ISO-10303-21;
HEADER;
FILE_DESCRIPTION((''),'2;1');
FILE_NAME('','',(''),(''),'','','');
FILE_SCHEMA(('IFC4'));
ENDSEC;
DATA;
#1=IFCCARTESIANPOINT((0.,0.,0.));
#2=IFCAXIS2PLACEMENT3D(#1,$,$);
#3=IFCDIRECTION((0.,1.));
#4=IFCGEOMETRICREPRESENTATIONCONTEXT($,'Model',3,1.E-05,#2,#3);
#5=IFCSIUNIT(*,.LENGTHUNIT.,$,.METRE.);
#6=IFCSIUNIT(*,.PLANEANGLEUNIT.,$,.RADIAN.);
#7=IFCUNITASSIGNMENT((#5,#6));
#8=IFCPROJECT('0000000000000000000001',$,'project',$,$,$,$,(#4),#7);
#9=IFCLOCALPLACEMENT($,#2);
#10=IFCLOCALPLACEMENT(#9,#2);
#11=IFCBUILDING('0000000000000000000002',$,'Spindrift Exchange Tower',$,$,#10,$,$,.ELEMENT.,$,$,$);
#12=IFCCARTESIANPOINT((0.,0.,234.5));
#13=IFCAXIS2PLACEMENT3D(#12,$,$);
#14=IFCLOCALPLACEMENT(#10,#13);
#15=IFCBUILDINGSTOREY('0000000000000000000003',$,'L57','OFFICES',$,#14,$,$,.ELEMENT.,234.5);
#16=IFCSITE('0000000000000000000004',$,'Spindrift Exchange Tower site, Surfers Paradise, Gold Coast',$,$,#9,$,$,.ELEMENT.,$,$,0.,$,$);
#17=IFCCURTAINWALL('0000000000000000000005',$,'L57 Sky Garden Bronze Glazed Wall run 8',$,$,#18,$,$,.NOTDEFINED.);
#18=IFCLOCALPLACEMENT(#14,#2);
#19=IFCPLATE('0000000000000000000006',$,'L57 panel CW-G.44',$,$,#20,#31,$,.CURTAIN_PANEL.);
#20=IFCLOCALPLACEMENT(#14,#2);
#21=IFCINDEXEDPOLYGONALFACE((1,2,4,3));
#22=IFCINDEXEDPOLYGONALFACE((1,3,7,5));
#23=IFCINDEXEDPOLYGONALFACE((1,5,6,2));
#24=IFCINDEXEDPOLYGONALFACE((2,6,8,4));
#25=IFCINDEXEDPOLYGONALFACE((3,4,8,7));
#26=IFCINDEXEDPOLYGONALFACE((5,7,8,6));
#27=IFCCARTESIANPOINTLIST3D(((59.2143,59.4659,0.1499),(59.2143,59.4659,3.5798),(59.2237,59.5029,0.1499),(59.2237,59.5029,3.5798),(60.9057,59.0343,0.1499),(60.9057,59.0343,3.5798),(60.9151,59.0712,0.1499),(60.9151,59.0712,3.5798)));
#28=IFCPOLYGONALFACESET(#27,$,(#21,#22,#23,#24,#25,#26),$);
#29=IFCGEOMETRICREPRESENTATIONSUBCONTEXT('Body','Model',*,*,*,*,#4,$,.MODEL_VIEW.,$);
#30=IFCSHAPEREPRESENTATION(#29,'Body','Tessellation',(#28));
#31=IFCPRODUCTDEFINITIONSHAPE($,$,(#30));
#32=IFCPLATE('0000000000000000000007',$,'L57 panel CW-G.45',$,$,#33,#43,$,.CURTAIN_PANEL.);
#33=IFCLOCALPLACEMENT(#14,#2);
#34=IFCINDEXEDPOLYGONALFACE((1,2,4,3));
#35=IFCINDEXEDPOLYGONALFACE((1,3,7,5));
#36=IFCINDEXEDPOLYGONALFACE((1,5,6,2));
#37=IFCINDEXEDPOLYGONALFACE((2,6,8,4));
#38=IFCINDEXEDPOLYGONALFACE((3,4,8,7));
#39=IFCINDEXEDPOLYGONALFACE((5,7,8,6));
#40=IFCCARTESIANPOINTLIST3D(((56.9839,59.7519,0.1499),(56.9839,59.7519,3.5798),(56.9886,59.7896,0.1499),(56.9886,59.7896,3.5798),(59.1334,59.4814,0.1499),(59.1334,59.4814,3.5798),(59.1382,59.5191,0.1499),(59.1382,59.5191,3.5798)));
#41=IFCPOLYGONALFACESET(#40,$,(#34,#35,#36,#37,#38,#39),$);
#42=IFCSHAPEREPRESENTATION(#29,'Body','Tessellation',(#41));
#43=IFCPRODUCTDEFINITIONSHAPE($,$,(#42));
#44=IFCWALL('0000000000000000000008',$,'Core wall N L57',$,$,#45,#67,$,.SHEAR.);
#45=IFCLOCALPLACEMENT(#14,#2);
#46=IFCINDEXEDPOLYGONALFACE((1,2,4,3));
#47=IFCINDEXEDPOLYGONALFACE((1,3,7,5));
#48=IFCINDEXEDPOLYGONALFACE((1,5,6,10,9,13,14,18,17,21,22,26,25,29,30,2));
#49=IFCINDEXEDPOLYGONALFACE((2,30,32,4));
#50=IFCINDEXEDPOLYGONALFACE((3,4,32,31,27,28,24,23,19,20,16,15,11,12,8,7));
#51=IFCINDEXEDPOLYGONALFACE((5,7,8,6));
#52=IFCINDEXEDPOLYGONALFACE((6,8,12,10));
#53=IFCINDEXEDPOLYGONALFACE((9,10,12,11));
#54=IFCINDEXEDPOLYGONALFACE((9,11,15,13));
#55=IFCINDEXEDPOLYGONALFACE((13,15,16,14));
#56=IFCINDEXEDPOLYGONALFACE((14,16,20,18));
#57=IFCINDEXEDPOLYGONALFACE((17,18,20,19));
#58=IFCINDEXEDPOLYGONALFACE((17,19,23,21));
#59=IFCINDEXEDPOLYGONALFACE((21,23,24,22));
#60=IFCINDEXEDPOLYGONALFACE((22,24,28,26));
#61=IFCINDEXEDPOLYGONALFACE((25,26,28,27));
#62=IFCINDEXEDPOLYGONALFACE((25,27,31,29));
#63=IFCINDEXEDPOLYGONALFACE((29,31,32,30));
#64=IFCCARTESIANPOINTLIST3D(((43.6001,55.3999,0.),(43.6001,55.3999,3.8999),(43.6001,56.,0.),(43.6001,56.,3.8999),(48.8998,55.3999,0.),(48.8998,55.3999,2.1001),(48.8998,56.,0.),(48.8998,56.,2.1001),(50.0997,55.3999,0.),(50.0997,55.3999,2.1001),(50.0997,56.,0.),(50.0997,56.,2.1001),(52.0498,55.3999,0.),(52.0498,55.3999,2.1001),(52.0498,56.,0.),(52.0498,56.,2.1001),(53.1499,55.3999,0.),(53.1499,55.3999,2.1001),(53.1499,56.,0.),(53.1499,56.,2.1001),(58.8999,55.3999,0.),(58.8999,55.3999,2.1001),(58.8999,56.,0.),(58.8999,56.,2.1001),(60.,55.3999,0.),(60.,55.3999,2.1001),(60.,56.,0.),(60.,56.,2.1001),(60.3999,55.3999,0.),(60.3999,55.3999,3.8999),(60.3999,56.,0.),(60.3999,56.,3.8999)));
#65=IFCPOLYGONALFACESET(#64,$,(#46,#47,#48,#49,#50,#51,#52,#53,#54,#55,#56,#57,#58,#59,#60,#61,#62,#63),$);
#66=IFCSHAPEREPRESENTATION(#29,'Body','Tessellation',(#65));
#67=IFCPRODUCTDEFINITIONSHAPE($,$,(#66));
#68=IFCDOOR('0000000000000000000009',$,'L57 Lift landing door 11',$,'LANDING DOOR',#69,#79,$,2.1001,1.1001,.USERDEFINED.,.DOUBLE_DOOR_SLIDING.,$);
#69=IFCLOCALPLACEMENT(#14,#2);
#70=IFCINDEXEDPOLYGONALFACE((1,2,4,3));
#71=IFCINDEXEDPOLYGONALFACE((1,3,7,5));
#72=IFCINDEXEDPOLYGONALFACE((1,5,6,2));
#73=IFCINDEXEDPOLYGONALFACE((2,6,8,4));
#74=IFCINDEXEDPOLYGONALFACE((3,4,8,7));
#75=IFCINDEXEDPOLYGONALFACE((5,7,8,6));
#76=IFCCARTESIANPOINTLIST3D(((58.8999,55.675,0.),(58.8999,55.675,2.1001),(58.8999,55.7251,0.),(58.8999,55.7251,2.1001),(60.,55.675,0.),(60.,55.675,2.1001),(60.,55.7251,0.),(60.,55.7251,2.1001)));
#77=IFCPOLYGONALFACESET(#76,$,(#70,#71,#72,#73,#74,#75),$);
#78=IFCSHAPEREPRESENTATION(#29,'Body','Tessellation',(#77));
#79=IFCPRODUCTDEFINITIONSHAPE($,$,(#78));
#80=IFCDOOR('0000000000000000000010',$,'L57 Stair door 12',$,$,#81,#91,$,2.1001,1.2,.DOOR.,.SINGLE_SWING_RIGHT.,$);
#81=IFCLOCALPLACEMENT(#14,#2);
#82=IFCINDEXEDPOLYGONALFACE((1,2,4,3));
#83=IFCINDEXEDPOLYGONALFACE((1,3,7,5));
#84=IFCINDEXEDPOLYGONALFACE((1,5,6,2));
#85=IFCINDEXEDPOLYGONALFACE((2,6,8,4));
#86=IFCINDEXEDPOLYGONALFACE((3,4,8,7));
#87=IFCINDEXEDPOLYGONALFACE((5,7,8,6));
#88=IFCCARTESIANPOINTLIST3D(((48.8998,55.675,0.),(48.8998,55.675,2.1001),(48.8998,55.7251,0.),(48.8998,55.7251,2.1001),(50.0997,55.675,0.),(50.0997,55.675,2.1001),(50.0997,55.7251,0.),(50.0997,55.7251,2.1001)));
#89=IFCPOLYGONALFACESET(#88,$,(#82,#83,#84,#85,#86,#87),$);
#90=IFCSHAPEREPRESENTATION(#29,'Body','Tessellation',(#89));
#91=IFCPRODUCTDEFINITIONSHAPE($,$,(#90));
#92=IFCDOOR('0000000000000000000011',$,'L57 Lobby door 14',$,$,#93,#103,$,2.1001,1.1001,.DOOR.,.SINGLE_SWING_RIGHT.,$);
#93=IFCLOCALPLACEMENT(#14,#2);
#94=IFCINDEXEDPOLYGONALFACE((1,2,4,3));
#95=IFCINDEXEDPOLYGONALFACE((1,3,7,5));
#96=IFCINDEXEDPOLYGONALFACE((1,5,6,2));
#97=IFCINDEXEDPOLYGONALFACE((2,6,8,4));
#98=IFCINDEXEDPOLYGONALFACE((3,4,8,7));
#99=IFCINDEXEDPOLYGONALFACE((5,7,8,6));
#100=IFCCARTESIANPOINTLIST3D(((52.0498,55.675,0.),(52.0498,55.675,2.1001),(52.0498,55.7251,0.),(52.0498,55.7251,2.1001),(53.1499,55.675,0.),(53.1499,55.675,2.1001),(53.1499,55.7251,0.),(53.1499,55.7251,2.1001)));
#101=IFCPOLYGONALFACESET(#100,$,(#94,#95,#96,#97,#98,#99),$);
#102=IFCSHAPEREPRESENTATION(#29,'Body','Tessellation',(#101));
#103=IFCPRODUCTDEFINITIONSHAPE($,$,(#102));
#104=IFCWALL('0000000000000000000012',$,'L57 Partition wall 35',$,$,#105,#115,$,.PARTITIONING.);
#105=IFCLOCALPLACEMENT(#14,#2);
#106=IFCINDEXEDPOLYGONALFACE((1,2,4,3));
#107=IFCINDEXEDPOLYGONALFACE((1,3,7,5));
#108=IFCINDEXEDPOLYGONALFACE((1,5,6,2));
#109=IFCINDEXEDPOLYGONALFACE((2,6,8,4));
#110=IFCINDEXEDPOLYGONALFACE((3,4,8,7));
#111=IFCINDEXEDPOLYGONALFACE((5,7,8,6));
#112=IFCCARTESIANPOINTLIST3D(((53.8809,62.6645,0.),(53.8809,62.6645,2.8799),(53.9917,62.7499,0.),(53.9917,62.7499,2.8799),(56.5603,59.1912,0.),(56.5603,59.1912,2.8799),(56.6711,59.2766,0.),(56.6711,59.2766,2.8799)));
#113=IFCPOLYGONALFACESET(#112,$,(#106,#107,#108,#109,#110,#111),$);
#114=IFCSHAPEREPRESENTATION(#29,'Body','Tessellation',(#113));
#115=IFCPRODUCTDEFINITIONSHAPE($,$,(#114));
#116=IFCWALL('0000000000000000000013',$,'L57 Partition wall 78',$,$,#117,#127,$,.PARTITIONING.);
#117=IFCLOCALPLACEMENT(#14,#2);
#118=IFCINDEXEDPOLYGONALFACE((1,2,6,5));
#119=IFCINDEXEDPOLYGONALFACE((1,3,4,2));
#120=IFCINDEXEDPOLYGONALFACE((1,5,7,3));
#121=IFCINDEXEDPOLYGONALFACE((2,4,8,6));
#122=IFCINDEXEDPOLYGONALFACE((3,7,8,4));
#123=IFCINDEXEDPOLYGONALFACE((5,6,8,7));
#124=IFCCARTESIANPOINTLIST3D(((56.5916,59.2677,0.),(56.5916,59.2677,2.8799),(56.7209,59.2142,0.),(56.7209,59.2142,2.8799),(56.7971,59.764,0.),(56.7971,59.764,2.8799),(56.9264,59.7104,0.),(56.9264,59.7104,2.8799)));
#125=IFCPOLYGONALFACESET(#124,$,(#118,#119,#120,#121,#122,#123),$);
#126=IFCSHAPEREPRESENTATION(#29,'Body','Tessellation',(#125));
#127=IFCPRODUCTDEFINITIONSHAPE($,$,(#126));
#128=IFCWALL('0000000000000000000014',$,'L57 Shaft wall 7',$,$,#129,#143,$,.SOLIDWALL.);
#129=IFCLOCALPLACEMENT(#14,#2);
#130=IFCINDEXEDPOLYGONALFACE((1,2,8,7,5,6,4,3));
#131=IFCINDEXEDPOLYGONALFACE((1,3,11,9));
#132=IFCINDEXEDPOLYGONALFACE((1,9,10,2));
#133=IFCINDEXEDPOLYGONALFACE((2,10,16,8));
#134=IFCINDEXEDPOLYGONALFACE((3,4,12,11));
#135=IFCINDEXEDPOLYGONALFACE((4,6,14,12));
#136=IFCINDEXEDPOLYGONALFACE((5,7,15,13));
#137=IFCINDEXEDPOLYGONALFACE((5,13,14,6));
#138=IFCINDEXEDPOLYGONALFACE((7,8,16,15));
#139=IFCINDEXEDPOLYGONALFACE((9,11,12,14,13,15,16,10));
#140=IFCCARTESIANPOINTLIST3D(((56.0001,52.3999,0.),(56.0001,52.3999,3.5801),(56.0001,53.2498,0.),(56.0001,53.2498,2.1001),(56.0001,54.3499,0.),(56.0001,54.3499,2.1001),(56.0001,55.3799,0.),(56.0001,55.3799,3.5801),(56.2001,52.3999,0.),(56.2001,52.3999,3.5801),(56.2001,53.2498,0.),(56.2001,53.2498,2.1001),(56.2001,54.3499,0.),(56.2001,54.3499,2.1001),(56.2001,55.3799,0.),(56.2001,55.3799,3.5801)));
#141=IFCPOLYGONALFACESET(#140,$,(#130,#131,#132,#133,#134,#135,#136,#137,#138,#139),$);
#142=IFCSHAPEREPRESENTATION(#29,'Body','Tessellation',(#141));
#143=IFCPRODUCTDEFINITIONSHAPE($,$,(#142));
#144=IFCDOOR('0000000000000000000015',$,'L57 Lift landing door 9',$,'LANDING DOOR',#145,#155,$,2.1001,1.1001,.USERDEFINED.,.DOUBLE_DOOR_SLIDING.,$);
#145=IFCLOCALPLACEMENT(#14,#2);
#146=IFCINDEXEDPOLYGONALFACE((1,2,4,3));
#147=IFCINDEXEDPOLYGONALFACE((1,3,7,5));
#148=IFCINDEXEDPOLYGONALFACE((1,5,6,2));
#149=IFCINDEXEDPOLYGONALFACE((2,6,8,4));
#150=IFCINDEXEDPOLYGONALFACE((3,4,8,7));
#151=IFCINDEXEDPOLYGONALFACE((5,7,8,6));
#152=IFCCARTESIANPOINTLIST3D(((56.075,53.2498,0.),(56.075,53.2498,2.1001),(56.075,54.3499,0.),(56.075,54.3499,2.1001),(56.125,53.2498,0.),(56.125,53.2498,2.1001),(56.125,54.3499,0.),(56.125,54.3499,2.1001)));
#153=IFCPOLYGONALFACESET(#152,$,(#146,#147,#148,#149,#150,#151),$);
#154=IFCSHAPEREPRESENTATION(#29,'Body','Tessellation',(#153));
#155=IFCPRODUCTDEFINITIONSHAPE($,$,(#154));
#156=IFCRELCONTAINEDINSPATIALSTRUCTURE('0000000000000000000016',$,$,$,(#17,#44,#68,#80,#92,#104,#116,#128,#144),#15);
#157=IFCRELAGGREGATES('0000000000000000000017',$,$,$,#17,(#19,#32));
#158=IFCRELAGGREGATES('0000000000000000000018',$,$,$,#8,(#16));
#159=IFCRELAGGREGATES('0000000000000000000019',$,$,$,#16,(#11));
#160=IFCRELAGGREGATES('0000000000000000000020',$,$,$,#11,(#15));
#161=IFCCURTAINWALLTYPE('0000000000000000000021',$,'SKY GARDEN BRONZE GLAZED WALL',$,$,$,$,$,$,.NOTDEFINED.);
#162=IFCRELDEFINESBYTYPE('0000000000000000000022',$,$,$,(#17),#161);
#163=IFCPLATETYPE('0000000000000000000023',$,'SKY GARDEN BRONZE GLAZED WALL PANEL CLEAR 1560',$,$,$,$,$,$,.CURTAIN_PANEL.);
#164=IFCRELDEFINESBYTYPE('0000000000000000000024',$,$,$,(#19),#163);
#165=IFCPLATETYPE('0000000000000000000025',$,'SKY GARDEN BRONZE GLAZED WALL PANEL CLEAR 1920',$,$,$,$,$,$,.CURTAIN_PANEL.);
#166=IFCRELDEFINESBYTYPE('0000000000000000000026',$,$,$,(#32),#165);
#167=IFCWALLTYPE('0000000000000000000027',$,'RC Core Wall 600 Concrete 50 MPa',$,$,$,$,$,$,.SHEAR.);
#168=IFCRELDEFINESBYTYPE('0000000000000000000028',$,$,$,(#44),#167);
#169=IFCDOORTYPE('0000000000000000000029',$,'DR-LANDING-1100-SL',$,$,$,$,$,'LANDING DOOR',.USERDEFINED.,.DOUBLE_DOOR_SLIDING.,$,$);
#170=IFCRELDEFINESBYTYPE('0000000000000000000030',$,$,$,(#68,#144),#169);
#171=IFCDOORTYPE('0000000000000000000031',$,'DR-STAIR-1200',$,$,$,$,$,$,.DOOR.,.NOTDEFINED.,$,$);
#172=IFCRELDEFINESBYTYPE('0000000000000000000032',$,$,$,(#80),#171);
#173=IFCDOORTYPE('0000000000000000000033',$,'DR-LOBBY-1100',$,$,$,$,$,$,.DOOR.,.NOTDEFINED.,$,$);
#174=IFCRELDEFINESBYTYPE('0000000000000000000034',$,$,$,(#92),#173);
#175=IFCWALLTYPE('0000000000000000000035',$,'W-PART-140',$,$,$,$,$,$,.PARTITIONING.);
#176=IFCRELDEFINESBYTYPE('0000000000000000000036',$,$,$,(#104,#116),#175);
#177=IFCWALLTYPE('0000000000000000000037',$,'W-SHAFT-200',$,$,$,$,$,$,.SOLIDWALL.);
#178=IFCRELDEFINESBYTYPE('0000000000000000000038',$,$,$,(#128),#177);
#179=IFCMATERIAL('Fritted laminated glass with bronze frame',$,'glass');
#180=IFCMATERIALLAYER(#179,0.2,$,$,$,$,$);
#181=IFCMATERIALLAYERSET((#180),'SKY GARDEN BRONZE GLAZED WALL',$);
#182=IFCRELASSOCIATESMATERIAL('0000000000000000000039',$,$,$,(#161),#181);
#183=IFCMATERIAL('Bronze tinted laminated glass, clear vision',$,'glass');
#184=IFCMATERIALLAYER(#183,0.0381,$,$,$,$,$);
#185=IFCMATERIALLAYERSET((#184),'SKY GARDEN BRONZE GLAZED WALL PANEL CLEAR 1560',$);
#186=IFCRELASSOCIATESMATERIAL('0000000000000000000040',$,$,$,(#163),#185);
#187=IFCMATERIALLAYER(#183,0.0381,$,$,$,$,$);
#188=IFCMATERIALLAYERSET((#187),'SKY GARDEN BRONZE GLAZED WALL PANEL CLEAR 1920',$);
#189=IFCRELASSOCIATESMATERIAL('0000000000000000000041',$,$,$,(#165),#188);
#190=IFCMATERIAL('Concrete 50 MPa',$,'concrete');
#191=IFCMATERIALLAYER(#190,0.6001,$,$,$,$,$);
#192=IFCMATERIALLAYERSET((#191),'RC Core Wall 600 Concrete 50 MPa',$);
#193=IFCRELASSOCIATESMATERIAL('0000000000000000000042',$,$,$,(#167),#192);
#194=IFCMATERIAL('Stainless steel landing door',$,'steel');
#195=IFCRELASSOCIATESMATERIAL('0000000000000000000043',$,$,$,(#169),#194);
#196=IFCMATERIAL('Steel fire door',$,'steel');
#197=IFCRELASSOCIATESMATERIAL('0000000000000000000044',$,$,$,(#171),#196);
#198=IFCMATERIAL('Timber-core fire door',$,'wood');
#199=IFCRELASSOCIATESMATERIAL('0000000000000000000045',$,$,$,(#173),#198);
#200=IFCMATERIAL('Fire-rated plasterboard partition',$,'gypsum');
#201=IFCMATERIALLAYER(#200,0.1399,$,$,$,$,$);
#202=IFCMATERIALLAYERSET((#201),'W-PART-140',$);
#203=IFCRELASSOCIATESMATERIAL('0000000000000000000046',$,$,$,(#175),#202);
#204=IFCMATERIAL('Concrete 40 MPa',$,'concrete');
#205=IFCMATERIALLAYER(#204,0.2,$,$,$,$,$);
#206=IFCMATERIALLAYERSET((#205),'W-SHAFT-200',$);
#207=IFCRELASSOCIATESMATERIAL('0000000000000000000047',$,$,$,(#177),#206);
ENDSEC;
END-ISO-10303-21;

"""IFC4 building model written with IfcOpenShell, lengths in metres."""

from ifc_helpers import new_model, si_unit, direction, frame, frame_2d, origin, origin_2d, place, context, subcontext, project, spatial, rectangle, extrude, source, transform, mapped, material, layer, layer_set, type_object, element, fill, aggregate, save


model = new_model("IFC4")

# Units and contexts
model_context = context("Model", 3, precision=1e-05, world=origin(), true_north=direction((0.0, 1.0)))
body_context = subcontext(model_context, "Body", "Model", "MODEL_VIEW")
ifc_project = project(units=[si_unit("LENGTHUNIT", "METRE"), si_unit("PLANEANGLEUNIT", "RADIAN")], contexts=[model_context])

# Site, building, storey
site_placement = place(None, origin())
site = spatial("IfcSite", under=ifc_project, at=site_placement, Name="Spindrift Exchange Tower site, Surfers Paradise, Gold Coast", CompositionType="ELEMENT", RefElevation=0.0)
building_placement = place(site_placement, origin())
building = spatial("IfcBuilding", under=site, at=building_placement, Name="Spindrift Exchange Tower", CompositionType="ELEMENT")
storey_placement = place(building_placement, frame((0.0, 0.0, 234.5)))
storey = spatial("IfcBuildingStorey", under=building, at=storey_placement, Name="L57", Description="OFFICES", CompositionType="ELEMENT", Elevation=234.5)

# Curtain wall, plates
ifc_material_1 = material(Name="Fritted laminated glass with bronze frame", Category="glass")
ifc_layer_1 = layer(ifc_material_1, 0.2)
ifc_layer_set_1 = layer_set([ifc_layer_1], Name="SKY GARDEN BRONZE GLAZED WALL")
curtain_wall_type = type_object("IfcCurtainWallType", Name="SKY GARDEN BRONZE GLAZED WALL", PredefinedType="NOTDEFINED", material=ifc_layer_set_1)
curtain_wall_placement = place(storey_placement, origin())
curtain_wall = element("IfcCurtainWall", 1, at=curtain_wall_placement, inside=storey, type_object=curtain_wall_type, Name="L57 Sky Garden Bronze Glazed Wall run 8", PredefinedType="NOTDEFINED")
ifc_material_2 = material(Name="Bronze tinted laminated glass, clear vision", Category="glass")
ifc_layer_2 = layer(ifc_material_2, 0.0381)
ifc_layer_set_2 = layer_set([ifc_layer_2], Name="SKY GARDEN BRONZE GLAZED WALL PANEL CLEAR 1560")
plate_type_1 = type_object("IfcPlateType", Name="SKY GARDEN BRONZE GLAZED WALL PANEL CLEAR 1560", PredefinedType="CURTAIN_PANEL", material=ifc_layer_set_2)
shared_shape_1 = source(origin(), body_context, "Body", "SweptSolid", [
    extrude(rectangle(XDim=1.7456, YDim=0.0381, at=origin_2d()), origin(), (0.0, 0.0, 1.0), 3.4299),
])
plate_1_placement = place(storey_placement, frame((60.0647, 59.2686, 0.1499), z_axis=(0.0, 0.0, 1.0), x_axis=(-0.968939, 0.247302, 0.0)))
plate_1 = element("IfcPlate", 2, at=plate_1_placement, type_object=plate_type_1, Name="L57 panel CW-G.44", PredefinedType="CURTAIN_PANEL", context=body_context, shape_type="MappedRepresentation", body=[
    mapped(shared_shape_1, transform((0.0, 0.0, 0.0), scale=1.0)),
])
ifc_layer_3 = layer(ifc_material_2, 0.0381)
ifc_layer_set_3 = layer_set([ifc_layer_3], Name="SKY GARDEN BRONZE GLAZED WALL PANEL CLEAR 1920")
plate_type_2 = type_object("IfcPlateType", Name="SKY GARDEN BRONZE GLAZED WALL PANEL CLEAR 1920", PredefinedType="CURTAIN_PANEL", material=ifc_layer_set_3)
shared_shape_2 = source(origin(), body_context, "Body", "SweptSolid", [
    extrude(rectangle(XDim=2.1665, YDim=0.0381, at=origin_2d()), origin(), (0.0, 0.0, 1.0), 3.4299),
])
plate_2_placement = place(storey_placement, frame((58.061, 59.6355, 0.1499), z_axis=(0.0, 0.0, 1.0), x_axis=(-0.992175, 0.124855, 0.0)))
plate_2 = element("IfcPlate", 3, at=plate_2_placement, type_object=plate_type_2, Name="L57 panel CW-G.45", PredefinedType="CURTAIN_PANEL", context=body_context, shape_type="MappedRepresentation", body=[
    mapped(shared_shape_2, transform((0.0, 0.0, 0.0), scale=1.0)),
])
aggregate(curtain_wall, [plate_1, plate_2])

# Wall, openings, doors
ifc_material_3 = material(Name="Concrete 50 MPa", Category="concrete")
ifc_layer_4 = layer(ifc_material_3, 0.6001)
ifc_layer_set_4 = layer_set([ifc_layer_4], Name="RC Core Wall 600 Concrete 50 MPa")
wall_type_1 = type_object("IfcWallType", Name="RC Core Wall 600 Concrete 50 MPa", PredefinedType="SHEAR", material=ifc_layer_set_4)
wall_1_placement = place(storey_placement, frame((60.3999, 55.7, 0.0), z_axis=(0.0, 0.0, 1.0), x_axis=(-1.0, 0.0, 0.0)))
wall_1 = element("IfcWall", 4, at=wall_1_placement, inside=storey, type_object=wall_type_1, Name="Core wall N L57", PredefinedType="SHEAR", context=body_context, shape_type="SweptSolid", body=[
    extrude(rectangle(XDim=16.7998, YDim=0.6001, at=frame_2d((8.3999, 0.0))), origin(), (0.0, 0.0, 1.0), 3.8999),
])
opening_1_placement = place(wall_1_placement, frame((0.3999, 0.0, 0.0)))
opening_1 = element("IfcOpeningElement", 5, at=opening_1_placement, cuts=wall_1, PredefinedType="OPENING", context=body_context, shape_type="SweptSolid", body=[
    extrude(rectangle(XDim=1.1001, YDim=2.1001, at=frame_2d((0.55, 1.05))), frame((0.0, 0.3101, 0.0), z_axis=(0.0, -1.0, 0.0), x_axis=(1.0, 0.0, 0.0)), (0.0, 0.0, 1.0), 0.6201),
])
opening_2_placement = place(wall_1_placement, frame((10.3, 0.0, 0.0)))
opening_2 = element("IfcOpeningElement", 6, at=opening_2_placement, cuts=wall_1, PredefinedType="OPENING", context=body_context, shape_type="SweptSolid", body=[
    extrude(rectangle(XDim=1.2, YDim=2.1001, at=frame_2d((0.6001, 1.05))), frame((0.0, 0.3101, 0.0), z_axis=(0.0, -1.0, 0.0), x_axis=(1.0, 0.0, 0.0)), (0.0, 0.0, 1.0), 0.6201),
])
opening_3_placement = place(wall_1_placement, frame((7.25, 0.0, 0.0)))
opening_3 = element("IfcOpeningElement", 7, at=opening_3_placement, cuts=wall_1, PredefinedType="OPENING", context=body_context, shape_type="SweptSolid", body=[
    extrude(rectangle(XDim=1.1001, YDim=2.1001, at=frame_2d((0.55, 1.05))), frame((0.0, 0.3101, 0.0), z_axis=(0.0, -1.0, 0.0), x_axis=(1.0, 0.0, 0.0)), (0.0, 0.0, 1.0), 0.6201),
])
ifc_material_4 = material(Name="Stainless steel landing door", Category="steel")
door_type_1 = type_object("IfcDoorType", Name="DR-LANDING-1100-SL", ElementType="LANDING DOOR", OperationType="DOUBLE_DOOR_SLIDING", PredefinedType="USERDEFINED", material=ifc_material_4)
shared_shape_3 = source(origin(), body_context, "Body", "SweptSolid", [
    extrude(rectangle(XDim=1.1001, YDim=2.1001, at=frame_2d((0.55, 1.05))), frame((0.0, 0.0249, 0.0), z_axis=(0.0, -1.0, 0.0), x_axis=(1.0, 0.0, 0.0)), (0.0, 0.0, 1.0), 0.05),
])
door_1_placement = place(opening_1_placement, origin())
door_1 = element("IfcDoor", 8, at=door_1_placement, inside=storey, type_object=door_type_1, Name="L57 Lift landing door 11", ObjectType="LANDING DOOR", OperationType="DOUBLE_DOOR_SLIDING", OverallHeight=2.1001, OverallWidth=1.1001, PredefinedType="USERDEFINED", context=body_context, shape_type="MappedRepresentation", body=[
    mapped(shared_shape_3, transform((0.0, 0.0, 0.0), scale=1.0)),
])
fill(opening_1, door_1)
ifc_material_5 = material(Name="Steel fire door", Category="steel")
door_type_2 = type_object("IfcDoorType", Name="DR-STAIR-1200", OperationType="NOTDEFINED", PredefinedType="DOOR", material=ifc_material_5)
shared_shape_4 = source(origin(), body_context, "Body", "SweptSolid", [
    extrude(rectangle(XDim=1.2, YDim=2.1001, at=frame_2d((0.6001, 1.05))), frame((0.0, 0.0249, 0.0), z_axis=(0.0, -1.0, 0.0), x_axis=(1.0, 0.0, 0.0)), (0.0, 0.0, 1.0), 0.05),
])
door_2_placement = place(opening_2_placement, origin())
door_2 = element("IfcDoor", 9, at=door_2_placement, inside=storey, type_object=door_type_2, Name="L57 Stair door 12", OperationType="SINGLE_SWING_RIGHT", OverallHeight=2.1001, OverallWidth=1.2, PredefinedType="DOOR", context=body_context, shape_type="MappedRepresentation", body=[
    mapped(shared_shape_4, transform((0.0, 0.0, 0.0), scale=1.0)),
])
fill(opening_2, door_2)
ifc_material_6 = material(Name="Timber-core fire door", Category="wood")
door_type_3 = type_object("IfcDoorType", Name="DR-LOBBY-1100", OperationType="NOTDEFINED", PredefinedType="DOOR", material=ifc_material_6)
shared_shape_5 = source(origin(), body_context, "Body", "SweptSolid", [
    extrude(rectangle(XDim=1.1001, YDim=2.1001, at=frame_2d((0.55, 1.05))), frame((0.0, 0.0249, 0.0), z_axis=(0.0, -1.0, 0.0), x_axis=(1.0, 0.0, 0.0)), (0.0, 0.0, 1.0), 0.05),
])
door_3_placement = place(opening_3_placement, origin())
door_3 = element("IfcDoor", 10, at=door_3_placement, inside=storey, type_object=door_type_3, Name="L57 Lobby door 14", OperationType="SINGLE_SWING_RIGHT", OverallHeight=2.1001, OverallWidth=1.1001, PredefinedType="DOOR", context=body_context, shape_type="MappedRepresentation", body=[
    mapped(shared_shape_5, transform((0.0, 0.0, 0.0), scale=1.0)),
])
fill(opening_3, door_3)

# Walls
ifc_material_7 = material(Name="Fire-rated plasterboard partition", Category="gypsum")
ifc_layer_5 = layer(ifc_material_7, 0.1399)
ifc_layer_set_5 = layer_set([ifc_layer_5], Name="W-PART-140")
wall_type_2 = type_object("IfcWallType", Name="W-PART-140", PredefinedType="PARTITIONING", material=ifc_layer_set_5)
wall_2_placement = place(storey_placement, frame((56.6157, 59.2339, 0.0), z_axis=(0.0, 0.0, 1.0), x_axis=(-0.610799, 0.791785, 0.0)))
element("IfcWall", 11, at=wall_2_placement, inside=storey, type_object=wall_type_2, Name="L57 Partition wall 35", PredefinedType="PARTITIONING", context=body_context, shape_type="SweptSolid", body=[
    extrude(rectangle(XDim=4.3867, YDim=0.1399, at=frame_2d((2.1934, 0.0))), origin(), (0.0, 0.0, 1.0), 2.8799),
])
wall_3_placement = place(storey_placement, frame((56.6562, 59.241, 0.0), z_axis=(0.0, 0.0, 1.0), x_axis=(0.382646, 0.923895, 0.0)))
element("IfcWall", 12, at=wall_3_placement, inside=storey, type_object=wall_type_2, Name="L57 Partition wall 78", PredefinedType="PARTITIONING", context=body_context, shape_type="SweptSolid", body=[
    extrude(rectangle(XDim=0.5371, YDim=0.1399, at=frame_2d((0.2686, 0.0))), origin(), (0.0, 0.0, 1.0), 2.8799),
])

# Wall, opening, door
ifc_material_8 = material(Name="Concrete 40 MPa", Category="concrete")
ifc_layer_6 = layer(ifc_material_8, 0.2)
ifc_layer_set_6 = layer_set([ifc_layer_6], Name="W-SHAFT-200")
wall_type_3 = type_object("IfcWallType", Name="W-SHAFT-200", PredefinedType="SOLIDWALL", material=ifc_layer_set_6)
wall_4_placement = place(storey_placement, frame((56.1001, 55.3799, 0.0), z_axis=(0.0, 0.0, 1.0), x_axis=(0.0, -1.0, 0.0)))
wall_4 = element("IfcWall", 13, at=wall_4_placement, inside=storey, type_object=wall_type_3, Name="L57 Shaft wall 7", PredefinedType="SOLIDWALL", context=body_context, shape_type="SweptSolid", body=[
    extrude(rectangle(XDim=2.98, YDim=0.2, at=frame_2d((1.49, 0.0))), origin(), (0.0, 0.0, 1.0), 3.5801),
])
opening_4_placement = place(wall_4_placement, frame((1.03, 0.0, 0.0)))
opening_4 = element("IfcOpeningElement", 14, at=opening_4_placement, cuts=wall_4, PredefinedType="OPENING", context=body_context, shape_type="SweptSolid", body=[
    extrude(rectangle(XDim=1.1001, YDim=2.1001, at=frame_2d((0.55, 1.05))), frame((0.0, 0.1099, 0.0), z_axis=(0.0, -1.0, 0.0), x_axis=(1.0, 0.0, 0.0)), (0.0, 0.0, 1.0), 0.22),
])
door_4_placement = place(opening_4_placement, origin())
door_4 = element("IfcDoor", 15, at=door_4_placement, inside=storey, type_object=door_type_1, Name="L57 Lift landing door 9", ObjectType="LANDING DOOR", OperationType="DOUBLE_DOOR_SLIDING", OverallHeight=2.1001, OverallWidth=1.1001, PredefinedType="USERDEFINED", context=body_context, shape_type="MappedRepresentation", body=[
    mapped(shared_shape_3, transform((0.0, 0.0, 0.0), scale=1.0)),
])
fill(opening_4, door_4)

save(model, "model.ifc")
